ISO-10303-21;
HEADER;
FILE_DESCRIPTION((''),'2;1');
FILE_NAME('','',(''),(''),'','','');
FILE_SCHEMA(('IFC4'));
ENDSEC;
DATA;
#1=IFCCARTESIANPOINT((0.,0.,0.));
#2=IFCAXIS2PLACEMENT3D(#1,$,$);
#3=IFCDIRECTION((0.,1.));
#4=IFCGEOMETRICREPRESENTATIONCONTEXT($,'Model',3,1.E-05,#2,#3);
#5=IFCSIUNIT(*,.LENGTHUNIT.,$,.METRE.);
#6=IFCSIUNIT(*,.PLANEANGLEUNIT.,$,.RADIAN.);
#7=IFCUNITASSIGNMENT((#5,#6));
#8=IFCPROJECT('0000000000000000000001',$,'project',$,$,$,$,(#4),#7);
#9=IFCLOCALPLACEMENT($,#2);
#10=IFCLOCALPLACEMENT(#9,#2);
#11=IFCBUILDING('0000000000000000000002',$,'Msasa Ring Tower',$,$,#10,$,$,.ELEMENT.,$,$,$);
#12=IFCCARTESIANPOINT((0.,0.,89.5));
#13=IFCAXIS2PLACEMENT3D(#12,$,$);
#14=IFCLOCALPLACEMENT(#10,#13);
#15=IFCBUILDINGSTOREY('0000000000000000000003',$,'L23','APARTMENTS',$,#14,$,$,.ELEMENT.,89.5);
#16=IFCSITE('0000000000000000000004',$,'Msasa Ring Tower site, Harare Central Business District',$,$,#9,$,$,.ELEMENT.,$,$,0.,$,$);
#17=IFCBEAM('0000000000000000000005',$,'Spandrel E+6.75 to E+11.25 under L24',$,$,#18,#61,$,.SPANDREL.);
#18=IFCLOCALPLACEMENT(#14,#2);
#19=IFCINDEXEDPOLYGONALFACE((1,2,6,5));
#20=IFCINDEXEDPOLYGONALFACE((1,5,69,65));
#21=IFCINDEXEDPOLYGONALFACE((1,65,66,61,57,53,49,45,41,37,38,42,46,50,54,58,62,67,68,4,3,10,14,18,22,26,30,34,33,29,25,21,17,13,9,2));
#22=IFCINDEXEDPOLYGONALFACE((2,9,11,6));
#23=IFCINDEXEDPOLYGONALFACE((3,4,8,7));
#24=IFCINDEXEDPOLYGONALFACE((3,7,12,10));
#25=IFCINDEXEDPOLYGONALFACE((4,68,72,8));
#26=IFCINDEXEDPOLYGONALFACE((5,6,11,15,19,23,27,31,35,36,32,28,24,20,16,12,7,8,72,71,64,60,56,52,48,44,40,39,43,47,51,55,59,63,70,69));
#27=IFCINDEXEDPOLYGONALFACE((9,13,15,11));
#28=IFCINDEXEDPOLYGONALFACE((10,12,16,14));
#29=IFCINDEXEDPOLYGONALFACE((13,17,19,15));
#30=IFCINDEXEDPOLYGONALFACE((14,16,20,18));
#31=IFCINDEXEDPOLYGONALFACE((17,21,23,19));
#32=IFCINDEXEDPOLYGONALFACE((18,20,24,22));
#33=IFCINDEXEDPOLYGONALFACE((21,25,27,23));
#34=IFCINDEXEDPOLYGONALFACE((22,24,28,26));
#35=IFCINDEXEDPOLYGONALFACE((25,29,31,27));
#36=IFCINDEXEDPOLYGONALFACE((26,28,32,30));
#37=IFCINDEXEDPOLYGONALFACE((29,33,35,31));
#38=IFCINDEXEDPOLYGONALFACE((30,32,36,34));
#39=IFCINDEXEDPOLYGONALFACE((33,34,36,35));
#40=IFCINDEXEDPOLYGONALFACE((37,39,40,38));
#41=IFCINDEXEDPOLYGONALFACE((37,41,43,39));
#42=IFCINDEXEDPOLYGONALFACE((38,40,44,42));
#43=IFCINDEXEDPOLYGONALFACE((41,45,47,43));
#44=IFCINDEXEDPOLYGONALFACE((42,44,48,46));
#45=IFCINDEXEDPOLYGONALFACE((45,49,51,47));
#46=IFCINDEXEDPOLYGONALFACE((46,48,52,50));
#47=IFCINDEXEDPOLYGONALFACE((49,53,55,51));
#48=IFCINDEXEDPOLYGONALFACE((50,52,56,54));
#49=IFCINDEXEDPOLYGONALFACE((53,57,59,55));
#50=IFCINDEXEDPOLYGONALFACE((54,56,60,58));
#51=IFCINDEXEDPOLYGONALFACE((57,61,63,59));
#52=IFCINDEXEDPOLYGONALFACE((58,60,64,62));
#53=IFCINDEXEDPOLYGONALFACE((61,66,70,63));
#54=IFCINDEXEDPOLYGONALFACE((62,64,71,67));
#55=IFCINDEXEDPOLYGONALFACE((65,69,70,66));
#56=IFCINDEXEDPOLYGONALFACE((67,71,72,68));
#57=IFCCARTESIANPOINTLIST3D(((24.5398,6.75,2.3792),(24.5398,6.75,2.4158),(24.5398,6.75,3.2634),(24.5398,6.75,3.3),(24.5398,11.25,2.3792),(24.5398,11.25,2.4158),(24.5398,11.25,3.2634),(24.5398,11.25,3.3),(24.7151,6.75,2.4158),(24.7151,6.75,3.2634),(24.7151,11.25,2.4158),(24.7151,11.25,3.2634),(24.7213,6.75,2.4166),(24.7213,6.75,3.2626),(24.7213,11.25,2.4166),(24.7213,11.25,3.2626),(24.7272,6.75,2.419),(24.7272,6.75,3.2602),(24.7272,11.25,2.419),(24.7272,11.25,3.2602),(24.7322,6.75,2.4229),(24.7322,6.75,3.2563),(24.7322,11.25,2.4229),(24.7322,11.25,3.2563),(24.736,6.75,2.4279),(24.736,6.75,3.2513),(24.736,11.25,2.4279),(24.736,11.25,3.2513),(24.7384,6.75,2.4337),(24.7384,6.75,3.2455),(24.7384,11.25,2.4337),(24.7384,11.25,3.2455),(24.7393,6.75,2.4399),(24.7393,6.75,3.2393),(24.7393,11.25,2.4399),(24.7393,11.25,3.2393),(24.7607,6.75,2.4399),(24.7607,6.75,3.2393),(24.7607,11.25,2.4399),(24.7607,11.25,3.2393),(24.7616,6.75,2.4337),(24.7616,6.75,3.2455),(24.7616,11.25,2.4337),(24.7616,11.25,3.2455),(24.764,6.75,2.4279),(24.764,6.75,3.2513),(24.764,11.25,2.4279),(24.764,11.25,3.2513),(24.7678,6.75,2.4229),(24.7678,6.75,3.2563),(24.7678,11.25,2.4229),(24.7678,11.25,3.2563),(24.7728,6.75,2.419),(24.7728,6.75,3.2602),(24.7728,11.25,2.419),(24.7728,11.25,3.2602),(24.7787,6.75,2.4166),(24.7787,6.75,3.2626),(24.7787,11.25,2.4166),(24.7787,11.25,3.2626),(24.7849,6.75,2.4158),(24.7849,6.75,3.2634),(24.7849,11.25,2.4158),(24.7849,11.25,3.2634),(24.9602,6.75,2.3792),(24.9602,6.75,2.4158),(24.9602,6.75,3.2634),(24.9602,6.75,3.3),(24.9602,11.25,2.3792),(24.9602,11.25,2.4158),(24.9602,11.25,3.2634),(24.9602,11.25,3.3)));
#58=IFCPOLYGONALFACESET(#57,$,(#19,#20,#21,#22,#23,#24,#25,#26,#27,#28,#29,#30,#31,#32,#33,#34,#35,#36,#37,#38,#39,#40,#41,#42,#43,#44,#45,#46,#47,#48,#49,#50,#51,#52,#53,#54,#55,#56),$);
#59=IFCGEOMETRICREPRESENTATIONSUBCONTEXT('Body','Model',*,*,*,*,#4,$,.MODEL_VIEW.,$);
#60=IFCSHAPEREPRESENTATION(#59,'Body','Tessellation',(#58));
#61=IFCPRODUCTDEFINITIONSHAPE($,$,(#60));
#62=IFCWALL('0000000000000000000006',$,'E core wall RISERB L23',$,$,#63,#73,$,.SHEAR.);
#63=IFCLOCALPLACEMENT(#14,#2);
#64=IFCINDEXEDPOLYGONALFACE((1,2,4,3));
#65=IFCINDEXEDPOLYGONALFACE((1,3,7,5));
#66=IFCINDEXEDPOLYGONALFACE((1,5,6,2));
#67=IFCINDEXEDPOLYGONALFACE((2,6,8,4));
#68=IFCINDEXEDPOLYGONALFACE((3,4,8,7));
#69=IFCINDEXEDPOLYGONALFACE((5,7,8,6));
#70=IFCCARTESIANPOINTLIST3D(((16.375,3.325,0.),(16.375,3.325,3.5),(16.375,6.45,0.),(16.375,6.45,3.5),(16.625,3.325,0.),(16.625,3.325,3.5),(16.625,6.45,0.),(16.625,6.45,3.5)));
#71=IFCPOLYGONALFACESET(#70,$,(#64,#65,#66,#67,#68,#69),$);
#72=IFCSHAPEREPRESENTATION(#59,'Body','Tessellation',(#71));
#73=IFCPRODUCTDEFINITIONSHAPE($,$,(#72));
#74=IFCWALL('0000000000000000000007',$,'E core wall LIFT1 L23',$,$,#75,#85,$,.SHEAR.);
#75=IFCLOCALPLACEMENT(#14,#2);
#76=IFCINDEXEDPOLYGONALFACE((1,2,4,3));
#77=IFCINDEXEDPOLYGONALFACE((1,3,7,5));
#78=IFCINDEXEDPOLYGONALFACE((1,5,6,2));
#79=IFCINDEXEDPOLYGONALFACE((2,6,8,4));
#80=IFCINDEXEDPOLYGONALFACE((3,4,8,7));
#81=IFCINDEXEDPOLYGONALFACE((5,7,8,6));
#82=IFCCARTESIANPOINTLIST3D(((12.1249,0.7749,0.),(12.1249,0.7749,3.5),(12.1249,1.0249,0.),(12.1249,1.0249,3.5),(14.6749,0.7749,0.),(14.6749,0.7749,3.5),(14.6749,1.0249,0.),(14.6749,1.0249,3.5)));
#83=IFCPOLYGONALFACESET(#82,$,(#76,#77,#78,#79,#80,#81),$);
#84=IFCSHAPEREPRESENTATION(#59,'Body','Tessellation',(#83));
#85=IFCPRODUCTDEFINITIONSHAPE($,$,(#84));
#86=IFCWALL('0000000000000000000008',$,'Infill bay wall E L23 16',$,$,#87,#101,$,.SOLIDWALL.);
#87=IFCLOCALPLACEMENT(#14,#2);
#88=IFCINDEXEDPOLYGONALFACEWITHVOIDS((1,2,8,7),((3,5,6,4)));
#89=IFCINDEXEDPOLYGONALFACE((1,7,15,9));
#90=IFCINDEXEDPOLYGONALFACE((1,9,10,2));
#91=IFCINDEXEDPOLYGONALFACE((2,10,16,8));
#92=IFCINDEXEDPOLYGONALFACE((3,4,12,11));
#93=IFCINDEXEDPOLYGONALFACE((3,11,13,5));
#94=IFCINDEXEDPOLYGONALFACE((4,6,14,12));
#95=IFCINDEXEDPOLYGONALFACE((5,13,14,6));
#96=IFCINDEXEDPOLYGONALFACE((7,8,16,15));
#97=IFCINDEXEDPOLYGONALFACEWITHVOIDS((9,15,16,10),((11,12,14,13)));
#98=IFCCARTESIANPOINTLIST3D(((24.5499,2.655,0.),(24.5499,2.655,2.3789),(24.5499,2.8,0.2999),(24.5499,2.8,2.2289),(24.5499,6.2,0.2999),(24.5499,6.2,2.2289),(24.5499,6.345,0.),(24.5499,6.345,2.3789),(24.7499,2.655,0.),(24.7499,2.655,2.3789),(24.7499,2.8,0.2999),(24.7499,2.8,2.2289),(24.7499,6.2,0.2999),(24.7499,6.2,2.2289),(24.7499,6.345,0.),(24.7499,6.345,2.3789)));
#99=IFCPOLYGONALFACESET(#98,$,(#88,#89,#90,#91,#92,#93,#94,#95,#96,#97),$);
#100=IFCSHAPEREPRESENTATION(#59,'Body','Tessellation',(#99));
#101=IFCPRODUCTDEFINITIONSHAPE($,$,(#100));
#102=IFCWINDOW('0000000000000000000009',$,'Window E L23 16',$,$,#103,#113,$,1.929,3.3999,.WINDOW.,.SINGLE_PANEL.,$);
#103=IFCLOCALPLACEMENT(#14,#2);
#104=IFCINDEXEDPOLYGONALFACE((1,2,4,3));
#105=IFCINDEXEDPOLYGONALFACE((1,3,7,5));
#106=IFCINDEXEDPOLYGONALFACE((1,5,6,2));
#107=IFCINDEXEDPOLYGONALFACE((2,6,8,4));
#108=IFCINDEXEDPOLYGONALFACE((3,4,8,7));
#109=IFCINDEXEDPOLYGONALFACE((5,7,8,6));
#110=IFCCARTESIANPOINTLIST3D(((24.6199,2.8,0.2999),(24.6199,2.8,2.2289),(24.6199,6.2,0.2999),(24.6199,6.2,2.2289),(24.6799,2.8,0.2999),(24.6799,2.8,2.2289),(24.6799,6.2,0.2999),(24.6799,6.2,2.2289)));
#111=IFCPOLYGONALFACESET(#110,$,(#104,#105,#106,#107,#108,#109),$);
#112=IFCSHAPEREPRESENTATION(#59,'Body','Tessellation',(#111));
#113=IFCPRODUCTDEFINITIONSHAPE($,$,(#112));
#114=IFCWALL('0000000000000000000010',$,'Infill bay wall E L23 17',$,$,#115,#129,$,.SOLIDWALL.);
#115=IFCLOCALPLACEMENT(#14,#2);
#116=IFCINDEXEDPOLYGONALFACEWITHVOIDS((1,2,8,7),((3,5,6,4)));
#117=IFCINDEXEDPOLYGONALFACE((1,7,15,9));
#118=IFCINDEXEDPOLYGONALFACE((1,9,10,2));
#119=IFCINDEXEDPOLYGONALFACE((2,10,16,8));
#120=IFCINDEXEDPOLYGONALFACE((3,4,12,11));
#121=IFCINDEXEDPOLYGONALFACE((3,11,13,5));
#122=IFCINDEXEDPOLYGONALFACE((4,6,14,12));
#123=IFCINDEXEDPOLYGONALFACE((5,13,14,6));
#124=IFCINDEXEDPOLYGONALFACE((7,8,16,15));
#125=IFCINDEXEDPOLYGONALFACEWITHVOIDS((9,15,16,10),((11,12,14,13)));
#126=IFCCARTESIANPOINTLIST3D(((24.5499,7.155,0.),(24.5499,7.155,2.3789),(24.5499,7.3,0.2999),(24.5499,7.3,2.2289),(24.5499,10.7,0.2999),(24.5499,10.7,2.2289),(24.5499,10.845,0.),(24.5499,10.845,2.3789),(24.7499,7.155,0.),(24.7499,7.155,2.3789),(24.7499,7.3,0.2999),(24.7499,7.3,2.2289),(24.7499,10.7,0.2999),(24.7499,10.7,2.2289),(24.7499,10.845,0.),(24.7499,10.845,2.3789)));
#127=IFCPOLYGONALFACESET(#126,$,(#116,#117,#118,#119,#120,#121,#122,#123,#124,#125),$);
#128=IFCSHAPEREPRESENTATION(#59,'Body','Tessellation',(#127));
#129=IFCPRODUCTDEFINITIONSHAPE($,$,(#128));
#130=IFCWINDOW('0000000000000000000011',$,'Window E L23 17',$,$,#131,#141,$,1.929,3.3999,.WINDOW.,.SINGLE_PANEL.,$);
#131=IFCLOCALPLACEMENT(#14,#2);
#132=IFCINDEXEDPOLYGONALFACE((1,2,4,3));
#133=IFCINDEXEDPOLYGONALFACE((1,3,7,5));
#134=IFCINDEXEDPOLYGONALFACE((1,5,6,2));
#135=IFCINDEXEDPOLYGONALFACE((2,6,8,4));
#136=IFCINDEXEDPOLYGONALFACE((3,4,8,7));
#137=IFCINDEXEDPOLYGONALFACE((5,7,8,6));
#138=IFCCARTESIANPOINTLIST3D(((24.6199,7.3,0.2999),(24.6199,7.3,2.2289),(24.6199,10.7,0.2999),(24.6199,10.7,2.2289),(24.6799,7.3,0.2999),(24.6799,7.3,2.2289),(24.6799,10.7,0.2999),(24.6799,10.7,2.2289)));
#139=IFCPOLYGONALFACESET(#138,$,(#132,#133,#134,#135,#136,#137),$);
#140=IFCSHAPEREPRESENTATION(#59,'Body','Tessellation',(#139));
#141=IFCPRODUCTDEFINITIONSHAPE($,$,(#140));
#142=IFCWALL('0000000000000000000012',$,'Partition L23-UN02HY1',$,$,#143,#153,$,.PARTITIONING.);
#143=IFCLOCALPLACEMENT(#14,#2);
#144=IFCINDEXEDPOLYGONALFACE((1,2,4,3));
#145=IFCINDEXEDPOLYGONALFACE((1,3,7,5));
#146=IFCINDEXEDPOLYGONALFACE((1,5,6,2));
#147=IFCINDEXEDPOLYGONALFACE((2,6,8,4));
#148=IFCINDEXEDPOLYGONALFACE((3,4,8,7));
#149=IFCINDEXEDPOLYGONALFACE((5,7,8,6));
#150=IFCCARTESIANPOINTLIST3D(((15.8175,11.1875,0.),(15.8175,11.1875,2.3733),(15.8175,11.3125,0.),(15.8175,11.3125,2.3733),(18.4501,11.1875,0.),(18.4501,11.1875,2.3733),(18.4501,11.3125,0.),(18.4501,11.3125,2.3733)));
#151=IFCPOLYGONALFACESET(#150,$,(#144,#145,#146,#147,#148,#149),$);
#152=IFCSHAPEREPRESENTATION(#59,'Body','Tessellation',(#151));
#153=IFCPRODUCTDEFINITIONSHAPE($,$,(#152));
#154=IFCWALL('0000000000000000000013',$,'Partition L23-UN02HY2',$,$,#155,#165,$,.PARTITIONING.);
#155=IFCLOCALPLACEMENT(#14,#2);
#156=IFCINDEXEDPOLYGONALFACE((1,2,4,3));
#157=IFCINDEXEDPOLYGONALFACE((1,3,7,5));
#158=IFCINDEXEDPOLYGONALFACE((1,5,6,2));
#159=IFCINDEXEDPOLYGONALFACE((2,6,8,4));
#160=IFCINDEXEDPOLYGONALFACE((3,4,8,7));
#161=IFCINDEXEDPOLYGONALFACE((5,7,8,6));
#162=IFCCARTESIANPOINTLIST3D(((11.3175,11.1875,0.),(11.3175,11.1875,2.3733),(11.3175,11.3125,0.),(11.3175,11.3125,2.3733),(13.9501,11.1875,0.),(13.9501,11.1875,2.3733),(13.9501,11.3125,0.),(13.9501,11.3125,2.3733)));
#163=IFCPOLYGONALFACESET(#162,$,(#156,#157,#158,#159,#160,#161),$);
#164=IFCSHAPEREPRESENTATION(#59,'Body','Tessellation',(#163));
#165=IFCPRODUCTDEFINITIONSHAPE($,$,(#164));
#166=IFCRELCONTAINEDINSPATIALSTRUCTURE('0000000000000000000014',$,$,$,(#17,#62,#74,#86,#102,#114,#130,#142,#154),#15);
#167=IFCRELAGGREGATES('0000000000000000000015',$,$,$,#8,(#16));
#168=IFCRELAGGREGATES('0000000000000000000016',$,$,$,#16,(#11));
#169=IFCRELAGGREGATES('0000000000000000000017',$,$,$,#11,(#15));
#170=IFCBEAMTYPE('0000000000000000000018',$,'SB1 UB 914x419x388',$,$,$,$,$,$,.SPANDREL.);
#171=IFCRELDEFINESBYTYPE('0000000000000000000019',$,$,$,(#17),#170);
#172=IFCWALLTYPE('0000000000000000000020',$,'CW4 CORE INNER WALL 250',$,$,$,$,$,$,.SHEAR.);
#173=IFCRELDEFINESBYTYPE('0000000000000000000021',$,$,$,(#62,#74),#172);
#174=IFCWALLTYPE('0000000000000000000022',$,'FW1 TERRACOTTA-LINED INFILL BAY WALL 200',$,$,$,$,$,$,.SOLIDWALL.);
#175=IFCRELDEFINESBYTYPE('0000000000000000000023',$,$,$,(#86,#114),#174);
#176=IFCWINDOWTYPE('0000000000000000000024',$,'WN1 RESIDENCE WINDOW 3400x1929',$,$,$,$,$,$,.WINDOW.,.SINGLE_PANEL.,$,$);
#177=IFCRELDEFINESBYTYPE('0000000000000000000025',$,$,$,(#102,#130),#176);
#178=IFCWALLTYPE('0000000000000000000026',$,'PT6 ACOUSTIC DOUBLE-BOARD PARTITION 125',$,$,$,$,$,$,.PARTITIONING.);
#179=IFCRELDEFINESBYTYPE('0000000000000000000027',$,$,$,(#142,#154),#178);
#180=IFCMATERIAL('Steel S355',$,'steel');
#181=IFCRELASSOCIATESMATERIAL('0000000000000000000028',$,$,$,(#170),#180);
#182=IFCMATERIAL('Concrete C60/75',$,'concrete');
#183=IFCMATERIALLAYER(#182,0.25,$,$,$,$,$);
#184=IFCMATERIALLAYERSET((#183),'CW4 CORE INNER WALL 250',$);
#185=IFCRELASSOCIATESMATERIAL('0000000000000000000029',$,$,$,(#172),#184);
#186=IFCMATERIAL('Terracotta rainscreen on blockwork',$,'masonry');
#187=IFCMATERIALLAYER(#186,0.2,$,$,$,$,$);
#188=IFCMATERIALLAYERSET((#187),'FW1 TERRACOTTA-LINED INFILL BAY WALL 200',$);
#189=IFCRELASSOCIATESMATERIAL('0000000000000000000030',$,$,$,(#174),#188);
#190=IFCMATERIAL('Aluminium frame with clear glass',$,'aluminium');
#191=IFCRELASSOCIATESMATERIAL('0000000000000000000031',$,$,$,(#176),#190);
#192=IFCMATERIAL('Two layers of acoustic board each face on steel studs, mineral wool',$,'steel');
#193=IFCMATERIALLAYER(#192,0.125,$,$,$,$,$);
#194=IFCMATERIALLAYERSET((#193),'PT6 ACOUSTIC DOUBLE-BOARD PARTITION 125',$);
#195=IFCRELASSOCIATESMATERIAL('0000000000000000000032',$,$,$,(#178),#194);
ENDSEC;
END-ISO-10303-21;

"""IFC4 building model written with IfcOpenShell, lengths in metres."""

from ifc_helpers import new_model, si_unit, direction, frame, frame_2d, origin, origin_2d, place, context, subcontext, project, spatial, rectangle, i_section, extrude, material, layer, layer_set, material_profile, profile_set, type_object, element, fill, save


model = new_model("IFC4")

# Units and contexts
model_context = context("Model", 3, precision=1e-05, world=origin(), true_north=direction((0.0, 1.0)))
body_context = subcontext(model_context, "Body", "Model", "MODEL_VIEW")
ifc_project = project(units=[si_unit("LENGTHUNIT", "METRE"), si_unit("PLANEANGLEUNIT", "RADIAN")], contexts=[model_context])

# Site, building, storey
site_placement = place(None, origin())
site = spatial("IfcSite", under=ifc_project, at=site_placement, Name="Msasa Ring Tower site, Harare Central Business District", CompositionType="ELEMENT", RefElevation=0.0)
building_placement = place(site_placement, origin())
building = spatial("IfcBuilding", under=site, at=building_placement, Name="Msasa Ring Tower", CompositionType="ELEMENT")
storey_placement = place(building_placement, frame((0.0, 0.0, 89.5)))
storey = spatial("IfcBuildingStorey", under=building, at=storey_placement, Name="L23", Description="APARTMENTS", CompositionType="ELEMENT", Elevation=89.5)

# Beam
ifc_material_1 = material(Name="Steel S355", Category="steel")
ifc_material_profile_1 = material_profile(ifc_material_1, i_section(OverallWidth=0.4204, OverallDepth=0.9209, WebThickness=0.0215, FlangeThickness=0.0366, FilletRadius=0.0242, at=origin_2d()), Name="UB 914x419x388")
ifc_profile_set_1 = profile_set([ifc_material_profile_1], Name="Steel S355")
beam_type_1 = type_object("IfcBeamType", Name="SB1 UB 914x419x388", PredefinedType="SPANDREL", material=ifc_profile_set_1)
for number, where, z_axis, x_axis, name in (
    (1, (24.75, 6.75, 2.8396), (0.0, 1.0, 0.0), (-1.0, 0.0, 0.0), "Spandrel E+6.75 to E+11.25 under L24"),
):
    element("IfcBeam", number, at=place(storey_placement, frame(where, z_axis=z_axis, x_axis=x_axis)), inside=storey, type_object=beam_type_1, Name=name, PredefinedType="SPANDREL", context=body_context, shape_type="SweptSolid", body=[
        extrude(i_section(OverallWidth=0.4204, OverallDepth=0.9209, WebThickness=0.0215, FlangeThickness=0.0366, FilletRadius=0.0242, at=origin_2d()), origin(), (0.0, 0.0, 1.0), 4.5),
    ])

# Walls
ifc_material_2 = material(Name="Concrete C60/75", Category="concrete")
ifc_layer_1 = layer(ifc_material_2, 0.25)
ifc_layer_set_1 = layer_set([ifc_layer_1], Name="CW4 CORE INNER WALL 250")
wall_type_1 = type_object("IfcWallType", Name="CW4 CORE INNER WALL 250", PredefinedType="SHEAR", material=ifc_layer_set_1)
wall_1_placement = place(storey_placement, frame((16.5, 3.325, 0.0), z_axis=(0.0, 0.0, 1.0), x_axis=(0.0, 1.0, 0.0)))
element("IfcWall", 2, at=wall_1_placement, inside=storey, type_object=wall_type_1, Name="E core wall RISERB L23", PredefinedType="SHEAR", context=body_context, shape_type="SweptSolid", body=[
    extrude(rectangle(XDim=3.125, YDim=0.25, at=frame_2d((1.5625, 0.0))), origin(), (0.0, 0.0, 1.0), 3.5),
])
wall_2_placement = place(storey_placement, frame((12.125, 0.8999, 0.0), z_axis=(0.0, 0.0, 1.0), x_axis=(1.0, 0.0, 0.0)))
element("IfcWall", 3, at=wall_2_placement, inside=storey, type_object=wall_type_1, Name="E core wall LIFT1 L23", PredefinedType="SHEAR", context=body_context, shape_type="SweptSolid", body=[
    extrude(rectangle(XDim=2.55, YDim=0.25, at=frame_2d((1.2749, 0.0))), origin(), (0.0, 0.0, 1.0), 3.5),
])

# Walls, openings, windows
ifc_material_3 = material(Name="Terracotta rainscreen on blockwork", Category="masonry")
ifc_layer_2 = layer(ifc_material_3, 0.2)
ifc_layer_set_2 = layer_set([ifc_layer_2], Name="FW1 TERRACOTTA-LINED INFILL BAY WALL 200")
wall_type_2 = type_object("IfcWallType", Name="FW1 TERRACOTTA-LINED INFILL BAY WALL 200", PredefinedType="SOLIDWALL", material=ifc_layer_set_2)
wall_3_placement = place(storey_placement, frame((24.6499, 2.655, 0.0), z_axis=(0.0, 0.0, 1.0), x_axis=(0.0, 1.0, 0.0)))
wall_3 = element("IfcWall", 4, at=wall_3_placement, inside=storey, type_object=wall_type_2, Name="Infill bay wall E L23 16", PredefinedType="SOLIDWALL", context=body_context, shape_type="SweptSolid", body=[
    extrude(rectangle(XDim=3.6899, YDim=0.2, at=frame_2d((1.845, 0.0))), origin(), (0.0, 0.0, 1.0), 2.3789),
])
opening_1_placement = place(wall_3_placement, frame((0.145, 0.0, 0.3)))
opening_1 = element("IfcOpeningElement", 5, at=opening_1_placement, cuts=wall_3, PredefinedType="OPENING", context=body_context, shape_type="SweptSolid", body=[
    extrude(rectangle(XDim=3.3999, YDim=1.929, at=frame_2d((1.7, 0.9644))), frame((0.0, 0.1099, 0.0), z_axis=(0.0, -1.0, 0.0), x_axis=(1.0, 0.0, 0.0)), (0.0, 0.0, 1.0), 0.22),
])
ifc_material_4 = material(Name="Aluminium frame with clear glass", Category="aluminium")
window_type = type_object("IfcWindowType", Name="WN1 RESIDENCE WINDOW 3400x1929", PartitioningType="SINGLE_PANEL", PredefinedType="WINDOW", material=ifc_material_4)
window_1_placement = place(opening_1_placement, origin())
window_1 = element("IfcWindow", 6, at=window_1_placement, inside=storey, type_object=window_type, Name="Window E L23 16", OverallHeight=1.929, OverallWidth=3.3999, PartitioningType="SINGLE_PANEL", PredefinedType="WINDOW", context=body_context, shape_type="SweptSolid", body=[
    extrude(rectangle(XDim=3.3999, YDim=1.929, at=frame_2d((1.7, 0.9644))), frame((0.0, 0.03, 0.0), z_axis=(0.0, -1.0, 0.0), x_axis=(1.0, 0.0, 0.0)), (0.0, 0.0, 1.0), 0.0601),
])
fill(opening_1, window_1)
wall_4_placement = place(storey_placement, frame((24.6499, 7.155, 0.0), z_axis=(0.0, 0.0, 1.0), x_axis=(0.0, 1.0, 0.0)))
wall_4 = element("IfcWall", 7, at=wall_4_placement, inside=storey, type_object=wall_type_2, Name="Infill bay wall E L23 17", PredefinedType="SOLIDWALL", context=body_context, shape_type="SweptSolid", body=[
    extrude(rectangle(XDim=3.6899, YDim=0.2, at=frame_2d((1.845, 0.0))), origin(), (0.0, 0.0, 1.0), 2.3789),
])
opening_2_placement = place(wall_4_placement, frame((0.145, 0.0, 0.3)))
opening_2 = element("IfcOpeningElement", 8, at=opening_2_placement, cuts=wall_4, PredefinedType="OPENING", context=body_context, shape_type="SweptSolid", body=[
    extrude(rectangle(XDim=3.3999, YDim=1.929, at=frame_2d((1.7, 0.9644))), frame((0.0, 0.1099, 0.0), z_axis=(0.0, -1.0, 0.0), x_axis=(1.0, 0.0, 0.0)), (0.0, 0.0, 1.0), 0.22),
])
window_2_placement = place(opening_2_placement, origin())
window_2 = element("IfcWindow", 9, at=window_2_placement, inside=storey, type_object=window_type, Name="Window E L23 17", OverallHeight=1.929, OverallWidth=3.3999, PartitioningType="SINGLE_PANEL", PredefinedType="WINDOW", context=body_context, shape_type="SweptSolid", body=[
    extrude(rectangle(XDim=3.3999, YDim=1.929, at=frame_2d((1.7, 0.9644))), frame((0.0, 0.03, 0.0), z_axis=(0.0, -1.0, 0.0), x_axis=(1.0, 0.0, 0.0)), (0.0, 0.0, 1.0), 0.0601),
])
fill(opening_2, window_2)

# Walls
ifc_material_5 = material(Name="Two layers of acoustic board each face on steel studs, mineral wool", Category="steel")
ifc_layer_3 = layer(ifc_material_5, 0.125)
ifc_layer_set_3 = layer_set([ifc_layer_3], Name="PT6 ACOUSTIC DOUBLE-BOARD PARTITION 125")
wall_type_3 = type_object("IfcWallType", Name="PT6 ACOUSTIC DOUBLE-BOARD PARTITION 125", PredefinedType="PARTITIONING", material=ifc_layer_set_3)
for number, where, z_axis, x_axis, name in (
    (10, (15.8174, 11.25, 0.0), (0.0, 0.0, 1.0), (1.0, 0.0, 0.0), "Partition L23-UN02HY1"),
    (11, (11.3174, 11.25, 0.0), (0.0, 0.0, 1.0), (1.0, 0.0, 0.0), "Partition L23-UN02HY2"),
):
    element("IfcWall", number, at=place(storey_placement, frame(where, z_axis=z_axis, x_axis=x_axis)), inside=storey, type_object=wall_type_3, Name=name, PredefinedType="PARTITIONING", context=body_context, shape_type="SweptSolid", body=[
        extrude(rectangle(XDim=2.6326, YDim=0.125, at=frame_2d((1.3164, 0.0))), origin(), (0.0, 0.0, 1.0), 2.3733),
    ])

save(model, "model.ifc")
